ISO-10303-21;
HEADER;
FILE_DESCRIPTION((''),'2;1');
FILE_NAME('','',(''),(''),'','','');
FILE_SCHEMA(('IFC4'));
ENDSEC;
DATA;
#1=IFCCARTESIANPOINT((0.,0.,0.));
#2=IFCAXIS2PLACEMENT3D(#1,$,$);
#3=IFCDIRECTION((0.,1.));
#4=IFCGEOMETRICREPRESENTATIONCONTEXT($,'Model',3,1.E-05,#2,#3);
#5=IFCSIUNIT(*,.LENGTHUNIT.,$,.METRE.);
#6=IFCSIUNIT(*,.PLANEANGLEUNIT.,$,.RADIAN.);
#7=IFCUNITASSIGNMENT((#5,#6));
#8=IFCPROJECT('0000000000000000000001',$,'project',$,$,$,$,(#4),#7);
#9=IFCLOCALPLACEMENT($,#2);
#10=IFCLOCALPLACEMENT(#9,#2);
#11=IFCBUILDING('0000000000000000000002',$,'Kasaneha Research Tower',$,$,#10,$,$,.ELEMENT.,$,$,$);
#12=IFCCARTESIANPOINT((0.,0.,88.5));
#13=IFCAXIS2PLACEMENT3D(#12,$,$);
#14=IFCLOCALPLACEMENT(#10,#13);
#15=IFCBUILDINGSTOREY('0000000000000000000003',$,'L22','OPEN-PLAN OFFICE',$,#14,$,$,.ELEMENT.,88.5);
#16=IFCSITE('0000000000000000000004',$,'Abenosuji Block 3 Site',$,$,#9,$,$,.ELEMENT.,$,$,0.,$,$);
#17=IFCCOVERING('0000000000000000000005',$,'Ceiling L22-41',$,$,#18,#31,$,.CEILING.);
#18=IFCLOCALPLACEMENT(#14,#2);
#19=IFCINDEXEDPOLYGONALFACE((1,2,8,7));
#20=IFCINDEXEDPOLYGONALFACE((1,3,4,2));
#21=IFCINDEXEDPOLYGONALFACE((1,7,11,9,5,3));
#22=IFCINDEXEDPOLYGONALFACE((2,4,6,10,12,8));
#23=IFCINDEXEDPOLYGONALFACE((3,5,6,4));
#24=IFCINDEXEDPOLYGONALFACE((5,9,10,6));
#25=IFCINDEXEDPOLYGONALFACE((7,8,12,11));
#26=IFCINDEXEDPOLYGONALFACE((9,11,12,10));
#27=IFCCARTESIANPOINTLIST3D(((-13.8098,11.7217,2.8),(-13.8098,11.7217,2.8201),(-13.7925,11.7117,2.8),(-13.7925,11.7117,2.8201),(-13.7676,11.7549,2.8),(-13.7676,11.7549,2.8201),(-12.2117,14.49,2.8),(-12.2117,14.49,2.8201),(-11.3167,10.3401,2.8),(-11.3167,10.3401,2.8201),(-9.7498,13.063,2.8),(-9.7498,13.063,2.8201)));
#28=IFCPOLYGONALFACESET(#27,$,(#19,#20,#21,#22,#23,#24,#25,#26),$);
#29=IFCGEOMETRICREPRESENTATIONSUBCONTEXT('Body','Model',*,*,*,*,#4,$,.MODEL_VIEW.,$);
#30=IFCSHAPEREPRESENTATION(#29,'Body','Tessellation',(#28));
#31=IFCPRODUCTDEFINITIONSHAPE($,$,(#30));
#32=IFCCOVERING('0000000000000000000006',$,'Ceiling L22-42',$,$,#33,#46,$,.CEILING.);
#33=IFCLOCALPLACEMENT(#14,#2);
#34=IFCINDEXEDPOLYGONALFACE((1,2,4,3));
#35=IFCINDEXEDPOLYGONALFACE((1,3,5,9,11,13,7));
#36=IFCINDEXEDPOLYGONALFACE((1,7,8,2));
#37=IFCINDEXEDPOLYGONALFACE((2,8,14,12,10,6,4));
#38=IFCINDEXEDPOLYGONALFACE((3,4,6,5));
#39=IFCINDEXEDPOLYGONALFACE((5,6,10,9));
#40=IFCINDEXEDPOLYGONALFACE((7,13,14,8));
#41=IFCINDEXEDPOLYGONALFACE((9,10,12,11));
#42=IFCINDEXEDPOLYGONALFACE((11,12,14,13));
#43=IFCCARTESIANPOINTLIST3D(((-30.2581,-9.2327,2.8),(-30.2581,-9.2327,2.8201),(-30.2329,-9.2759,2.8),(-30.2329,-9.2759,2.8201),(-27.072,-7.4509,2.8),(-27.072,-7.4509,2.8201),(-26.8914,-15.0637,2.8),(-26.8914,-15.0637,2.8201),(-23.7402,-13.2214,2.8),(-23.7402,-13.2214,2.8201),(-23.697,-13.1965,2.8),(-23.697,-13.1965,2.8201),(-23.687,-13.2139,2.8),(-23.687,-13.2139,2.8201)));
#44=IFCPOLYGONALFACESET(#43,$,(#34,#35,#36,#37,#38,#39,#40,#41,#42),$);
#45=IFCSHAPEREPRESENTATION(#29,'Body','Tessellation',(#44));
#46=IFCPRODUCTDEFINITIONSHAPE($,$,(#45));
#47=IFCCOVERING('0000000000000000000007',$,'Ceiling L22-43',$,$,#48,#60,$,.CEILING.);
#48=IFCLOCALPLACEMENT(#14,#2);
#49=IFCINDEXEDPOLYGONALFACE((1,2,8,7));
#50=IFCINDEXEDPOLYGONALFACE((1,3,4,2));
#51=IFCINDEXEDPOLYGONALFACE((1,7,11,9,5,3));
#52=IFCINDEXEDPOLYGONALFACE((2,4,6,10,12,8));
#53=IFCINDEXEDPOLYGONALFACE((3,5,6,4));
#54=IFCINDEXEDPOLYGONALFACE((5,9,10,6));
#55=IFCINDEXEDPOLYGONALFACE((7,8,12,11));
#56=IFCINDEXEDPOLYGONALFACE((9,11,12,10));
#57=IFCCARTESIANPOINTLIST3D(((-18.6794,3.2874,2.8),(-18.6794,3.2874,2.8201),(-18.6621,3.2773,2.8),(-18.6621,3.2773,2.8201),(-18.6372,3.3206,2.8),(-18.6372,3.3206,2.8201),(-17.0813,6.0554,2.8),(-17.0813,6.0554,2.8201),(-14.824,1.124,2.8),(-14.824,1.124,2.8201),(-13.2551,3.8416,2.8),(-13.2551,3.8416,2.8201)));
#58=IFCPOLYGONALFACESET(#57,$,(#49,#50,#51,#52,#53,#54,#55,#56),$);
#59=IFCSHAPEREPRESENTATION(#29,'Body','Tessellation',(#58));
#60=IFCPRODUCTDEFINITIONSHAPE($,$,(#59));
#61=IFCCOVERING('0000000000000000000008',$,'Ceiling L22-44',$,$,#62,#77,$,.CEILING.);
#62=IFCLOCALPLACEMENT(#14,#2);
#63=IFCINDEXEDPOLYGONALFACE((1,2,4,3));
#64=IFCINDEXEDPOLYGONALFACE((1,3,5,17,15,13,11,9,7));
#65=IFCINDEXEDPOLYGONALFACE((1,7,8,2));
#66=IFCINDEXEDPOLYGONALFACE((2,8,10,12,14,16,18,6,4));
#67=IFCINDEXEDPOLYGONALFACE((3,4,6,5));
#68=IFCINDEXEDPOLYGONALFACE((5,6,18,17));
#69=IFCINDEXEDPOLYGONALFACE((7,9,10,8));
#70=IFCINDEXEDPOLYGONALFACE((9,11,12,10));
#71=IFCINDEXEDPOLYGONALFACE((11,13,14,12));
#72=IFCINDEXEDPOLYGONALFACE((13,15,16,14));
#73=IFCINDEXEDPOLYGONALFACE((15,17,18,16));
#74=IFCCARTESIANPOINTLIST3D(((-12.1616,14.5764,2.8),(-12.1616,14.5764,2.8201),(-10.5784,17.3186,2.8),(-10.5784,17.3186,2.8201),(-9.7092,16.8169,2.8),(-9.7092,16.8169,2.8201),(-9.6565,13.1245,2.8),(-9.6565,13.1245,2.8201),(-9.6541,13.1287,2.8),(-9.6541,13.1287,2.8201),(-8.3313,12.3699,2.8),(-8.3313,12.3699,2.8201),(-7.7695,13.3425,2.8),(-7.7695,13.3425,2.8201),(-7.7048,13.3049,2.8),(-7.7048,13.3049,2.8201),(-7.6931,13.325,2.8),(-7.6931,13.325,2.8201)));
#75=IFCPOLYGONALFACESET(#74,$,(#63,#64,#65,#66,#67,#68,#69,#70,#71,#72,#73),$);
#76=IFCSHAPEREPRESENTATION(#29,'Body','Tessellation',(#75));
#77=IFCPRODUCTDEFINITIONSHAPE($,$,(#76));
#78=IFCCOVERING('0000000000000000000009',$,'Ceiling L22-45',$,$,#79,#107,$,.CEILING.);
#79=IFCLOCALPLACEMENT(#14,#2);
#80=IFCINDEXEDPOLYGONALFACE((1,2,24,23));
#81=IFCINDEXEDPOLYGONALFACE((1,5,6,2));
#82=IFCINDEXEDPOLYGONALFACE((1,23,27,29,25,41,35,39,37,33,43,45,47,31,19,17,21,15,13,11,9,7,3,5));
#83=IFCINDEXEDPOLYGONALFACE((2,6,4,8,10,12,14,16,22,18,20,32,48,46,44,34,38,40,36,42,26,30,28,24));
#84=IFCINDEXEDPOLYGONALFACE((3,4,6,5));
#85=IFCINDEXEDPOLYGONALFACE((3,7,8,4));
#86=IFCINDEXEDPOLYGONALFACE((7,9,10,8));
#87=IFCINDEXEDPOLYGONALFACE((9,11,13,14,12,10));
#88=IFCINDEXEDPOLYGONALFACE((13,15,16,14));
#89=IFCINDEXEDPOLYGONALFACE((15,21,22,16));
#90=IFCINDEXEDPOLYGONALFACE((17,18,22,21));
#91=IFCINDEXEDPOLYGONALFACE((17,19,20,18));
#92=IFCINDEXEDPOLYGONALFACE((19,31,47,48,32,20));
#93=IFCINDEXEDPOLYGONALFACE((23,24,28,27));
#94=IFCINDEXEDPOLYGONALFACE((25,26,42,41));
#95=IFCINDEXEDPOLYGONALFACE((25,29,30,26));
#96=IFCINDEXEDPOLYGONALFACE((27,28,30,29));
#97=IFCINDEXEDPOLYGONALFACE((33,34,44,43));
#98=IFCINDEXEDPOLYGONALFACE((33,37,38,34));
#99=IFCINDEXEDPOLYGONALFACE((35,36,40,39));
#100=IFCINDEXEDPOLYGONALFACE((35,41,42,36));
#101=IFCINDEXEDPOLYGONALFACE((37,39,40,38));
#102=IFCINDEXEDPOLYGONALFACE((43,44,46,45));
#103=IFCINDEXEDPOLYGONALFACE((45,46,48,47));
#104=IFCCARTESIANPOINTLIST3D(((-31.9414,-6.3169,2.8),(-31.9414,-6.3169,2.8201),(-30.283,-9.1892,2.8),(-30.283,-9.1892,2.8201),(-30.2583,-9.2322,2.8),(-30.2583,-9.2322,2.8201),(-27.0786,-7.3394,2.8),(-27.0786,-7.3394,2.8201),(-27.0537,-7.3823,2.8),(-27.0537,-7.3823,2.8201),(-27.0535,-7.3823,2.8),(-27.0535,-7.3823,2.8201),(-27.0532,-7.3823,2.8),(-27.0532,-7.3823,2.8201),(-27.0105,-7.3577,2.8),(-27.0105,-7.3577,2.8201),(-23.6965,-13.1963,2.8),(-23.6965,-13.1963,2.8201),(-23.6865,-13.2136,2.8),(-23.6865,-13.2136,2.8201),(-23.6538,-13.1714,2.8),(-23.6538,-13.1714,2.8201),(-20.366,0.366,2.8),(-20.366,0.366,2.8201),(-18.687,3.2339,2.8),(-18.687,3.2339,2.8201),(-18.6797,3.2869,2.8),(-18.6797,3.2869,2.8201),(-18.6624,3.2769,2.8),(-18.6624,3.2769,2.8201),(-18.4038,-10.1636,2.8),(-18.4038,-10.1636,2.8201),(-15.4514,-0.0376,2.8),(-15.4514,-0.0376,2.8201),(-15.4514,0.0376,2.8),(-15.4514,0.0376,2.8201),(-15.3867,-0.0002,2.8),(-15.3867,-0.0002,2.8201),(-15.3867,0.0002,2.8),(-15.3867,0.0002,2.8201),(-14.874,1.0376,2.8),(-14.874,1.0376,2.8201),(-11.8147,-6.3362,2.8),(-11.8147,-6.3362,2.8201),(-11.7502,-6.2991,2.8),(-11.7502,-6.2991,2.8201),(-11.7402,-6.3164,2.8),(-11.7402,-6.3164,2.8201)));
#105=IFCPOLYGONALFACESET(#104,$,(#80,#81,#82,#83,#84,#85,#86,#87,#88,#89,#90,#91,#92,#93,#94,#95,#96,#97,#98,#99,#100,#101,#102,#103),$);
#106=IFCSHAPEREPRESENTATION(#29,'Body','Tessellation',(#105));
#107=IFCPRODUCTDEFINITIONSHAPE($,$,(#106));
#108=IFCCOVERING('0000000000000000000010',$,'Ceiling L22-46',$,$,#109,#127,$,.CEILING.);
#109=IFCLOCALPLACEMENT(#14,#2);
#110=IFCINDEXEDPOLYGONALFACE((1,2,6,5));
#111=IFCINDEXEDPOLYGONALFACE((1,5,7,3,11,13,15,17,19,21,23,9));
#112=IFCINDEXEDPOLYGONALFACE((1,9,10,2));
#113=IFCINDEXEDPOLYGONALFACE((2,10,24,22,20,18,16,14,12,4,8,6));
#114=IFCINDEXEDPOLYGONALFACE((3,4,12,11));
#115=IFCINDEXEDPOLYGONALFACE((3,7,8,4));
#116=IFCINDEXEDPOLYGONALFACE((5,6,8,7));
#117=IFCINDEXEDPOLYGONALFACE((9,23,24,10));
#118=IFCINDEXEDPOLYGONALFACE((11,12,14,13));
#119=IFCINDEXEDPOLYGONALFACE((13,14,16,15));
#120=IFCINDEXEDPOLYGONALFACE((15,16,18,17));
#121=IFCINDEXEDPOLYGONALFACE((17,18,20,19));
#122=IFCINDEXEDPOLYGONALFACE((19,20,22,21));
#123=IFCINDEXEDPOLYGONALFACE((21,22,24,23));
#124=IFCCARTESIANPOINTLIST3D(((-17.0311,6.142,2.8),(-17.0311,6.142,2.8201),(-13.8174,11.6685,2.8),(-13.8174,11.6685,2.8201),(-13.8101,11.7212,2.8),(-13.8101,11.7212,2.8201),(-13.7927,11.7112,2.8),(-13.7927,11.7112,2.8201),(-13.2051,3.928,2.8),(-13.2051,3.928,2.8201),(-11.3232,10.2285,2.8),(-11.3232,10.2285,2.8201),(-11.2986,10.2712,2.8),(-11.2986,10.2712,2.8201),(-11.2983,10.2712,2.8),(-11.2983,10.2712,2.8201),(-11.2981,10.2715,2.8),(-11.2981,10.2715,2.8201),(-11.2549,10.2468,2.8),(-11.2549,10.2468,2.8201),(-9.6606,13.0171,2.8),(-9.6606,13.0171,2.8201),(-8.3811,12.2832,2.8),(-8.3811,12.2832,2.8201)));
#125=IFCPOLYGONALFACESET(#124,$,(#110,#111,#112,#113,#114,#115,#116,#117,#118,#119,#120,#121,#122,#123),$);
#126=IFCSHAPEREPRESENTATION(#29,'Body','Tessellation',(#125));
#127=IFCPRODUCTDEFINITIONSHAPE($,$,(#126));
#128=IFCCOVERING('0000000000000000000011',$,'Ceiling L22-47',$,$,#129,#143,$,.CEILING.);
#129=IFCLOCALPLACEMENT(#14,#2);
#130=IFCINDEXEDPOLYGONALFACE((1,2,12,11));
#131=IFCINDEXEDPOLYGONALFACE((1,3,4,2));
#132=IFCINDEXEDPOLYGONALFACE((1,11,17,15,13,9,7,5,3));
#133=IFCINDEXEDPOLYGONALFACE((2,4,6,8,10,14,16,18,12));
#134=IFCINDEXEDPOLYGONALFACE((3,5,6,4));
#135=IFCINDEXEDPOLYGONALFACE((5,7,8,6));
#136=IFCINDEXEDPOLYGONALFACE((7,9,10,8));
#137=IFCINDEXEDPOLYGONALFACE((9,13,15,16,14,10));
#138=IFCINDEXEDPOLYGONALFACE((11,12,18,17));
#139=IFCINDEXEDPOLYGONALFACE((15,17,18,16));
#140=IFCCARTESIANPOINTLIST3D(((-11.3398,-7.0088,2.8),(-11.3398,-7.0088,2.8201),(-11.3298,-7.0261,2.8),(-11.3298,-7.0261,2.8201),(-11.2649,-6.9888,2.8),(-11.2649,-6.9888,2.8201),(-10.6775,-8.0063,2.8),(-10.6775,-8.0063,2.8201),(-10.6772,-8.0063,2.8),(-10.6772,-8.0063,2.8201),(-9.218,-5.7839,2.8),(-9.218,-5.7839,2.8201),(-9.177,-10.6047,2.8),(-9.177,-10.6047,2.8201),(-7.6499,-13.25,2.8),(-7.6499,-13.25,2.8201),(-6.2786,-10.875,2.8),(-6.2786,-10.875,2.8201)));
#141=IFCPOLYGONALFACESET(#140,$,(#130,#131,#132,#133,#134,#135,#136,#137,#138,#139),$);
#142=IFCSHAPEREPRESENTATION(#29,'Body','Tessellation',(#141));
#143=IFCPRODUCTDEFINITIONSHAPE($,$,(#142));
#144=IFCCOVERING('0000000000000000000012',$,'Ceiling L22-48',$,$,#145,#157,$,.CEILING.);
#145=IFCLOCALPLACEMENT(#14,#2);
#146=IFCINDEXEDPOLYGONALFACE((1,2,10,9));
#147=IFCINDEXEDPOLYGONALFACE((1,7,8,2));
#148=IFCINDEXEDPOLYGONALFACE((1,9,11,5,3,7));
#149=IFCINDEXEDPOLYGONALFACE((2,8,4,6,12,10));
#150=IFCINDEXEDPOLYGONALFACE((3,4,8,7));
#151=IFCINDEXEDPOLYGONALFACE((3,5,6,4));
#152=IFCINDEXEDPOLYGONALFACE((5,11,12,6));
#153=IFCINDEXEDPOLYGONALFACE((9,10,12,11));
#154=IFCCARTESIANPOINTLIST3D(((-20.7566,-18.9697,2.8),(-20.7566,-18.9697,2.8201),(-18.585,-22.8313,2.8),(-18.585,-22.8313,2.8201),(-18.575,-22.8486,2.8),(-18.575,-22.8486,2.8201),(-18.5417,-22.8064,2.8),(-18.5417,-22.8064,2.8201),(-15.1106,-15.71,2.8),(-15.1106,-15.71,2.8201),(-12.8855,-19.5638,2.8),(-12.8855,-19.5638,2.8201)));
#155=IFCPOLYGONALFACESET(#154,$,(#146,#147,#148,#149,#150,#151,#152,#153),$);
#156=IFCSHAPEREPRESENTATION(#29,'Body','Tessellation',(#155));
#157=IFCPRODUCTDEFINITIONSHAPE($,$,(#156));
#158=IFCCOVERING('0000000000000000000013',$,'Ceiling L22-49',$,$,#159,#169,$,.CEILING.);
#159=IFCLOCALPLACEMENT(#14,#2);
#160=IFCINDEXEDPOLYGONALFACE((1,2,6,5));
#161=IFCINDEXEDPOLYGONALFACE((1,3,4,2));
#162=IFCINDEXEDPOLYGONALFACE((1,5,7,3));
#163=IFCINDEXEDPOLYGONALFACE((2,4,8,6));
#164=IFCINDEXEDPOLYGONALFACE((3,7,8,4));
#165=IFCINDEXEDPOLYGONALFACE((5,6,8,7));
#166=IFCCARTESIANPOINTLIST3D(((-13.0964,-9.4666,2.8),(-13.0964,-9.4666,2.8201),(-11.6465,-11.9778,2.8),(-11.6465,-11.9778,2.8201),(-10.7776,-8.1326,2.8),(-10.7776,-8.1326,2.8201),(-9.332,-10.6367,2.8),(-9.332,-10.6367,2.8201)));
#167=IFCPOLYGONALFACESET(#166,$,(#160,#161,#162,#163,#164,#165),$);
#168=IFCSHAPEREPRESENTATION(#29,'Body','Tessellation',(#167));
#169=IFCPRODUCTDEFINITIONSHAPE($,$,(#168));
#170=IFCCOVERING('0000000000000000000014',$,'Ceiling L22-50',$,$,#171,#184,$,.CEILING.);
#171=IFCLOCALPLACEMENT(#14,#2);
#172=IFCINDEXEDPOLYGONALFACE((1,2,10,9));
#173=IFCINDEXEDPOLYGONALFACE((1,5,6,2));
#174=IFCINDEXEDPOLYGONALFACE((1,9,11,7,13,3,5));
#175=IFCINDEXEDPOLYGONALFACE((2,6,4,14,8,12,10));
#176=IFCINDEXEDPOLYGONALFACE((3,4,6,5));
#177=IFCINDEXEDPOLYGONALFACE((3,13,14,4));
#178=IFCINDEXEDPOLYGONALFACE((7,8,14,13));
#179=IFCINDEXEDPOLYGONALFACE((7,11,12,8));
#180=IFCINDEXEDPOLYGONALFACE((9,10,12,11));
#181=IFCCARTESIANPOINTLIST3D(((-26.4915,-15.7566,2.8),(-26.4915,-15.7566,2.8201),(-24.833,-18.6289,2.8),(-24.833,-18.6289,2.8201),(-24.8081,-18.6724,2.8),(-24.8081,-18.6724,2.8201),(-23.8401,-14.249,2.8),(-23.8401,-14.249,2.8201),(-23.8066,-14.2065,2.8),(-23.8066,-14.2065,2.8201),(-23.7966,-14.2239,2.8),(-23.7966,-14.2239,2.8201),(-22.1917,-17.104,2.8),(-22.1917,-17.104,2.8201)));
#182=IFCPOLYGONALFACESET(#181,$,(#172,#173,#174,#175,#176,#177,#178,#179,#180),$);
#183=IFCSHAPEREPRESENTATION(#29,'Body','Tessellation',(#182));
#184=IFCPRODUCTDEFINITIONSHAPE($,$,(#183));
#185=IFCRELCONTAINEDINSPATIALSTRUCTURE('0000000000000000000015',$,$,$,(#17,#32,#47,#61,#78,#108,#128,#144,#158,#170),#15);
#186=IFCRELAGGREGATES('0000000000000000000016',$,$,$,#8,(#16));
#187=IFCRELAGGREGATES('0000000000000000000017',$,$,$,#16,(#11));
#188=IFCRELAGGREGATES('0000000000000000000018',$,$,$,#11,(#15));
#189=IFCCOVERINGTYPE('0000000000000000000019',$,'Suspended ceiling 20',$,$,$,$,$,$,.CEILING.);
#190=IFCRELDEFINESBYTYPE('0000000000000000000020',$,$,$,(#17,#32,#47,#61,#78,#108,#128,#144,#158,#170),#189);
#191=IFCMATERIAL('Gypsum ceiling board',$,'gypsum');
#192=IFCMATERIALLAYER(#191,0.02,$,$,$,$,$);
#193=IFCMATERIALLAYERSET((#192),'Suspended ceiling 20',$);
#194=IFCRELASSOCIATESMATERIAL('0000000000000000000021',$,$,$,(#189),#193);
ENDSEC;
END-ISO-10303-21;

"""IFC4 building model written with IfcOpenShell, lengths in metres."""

from ifc_helpers import new_model, si_unit, direction, frame, origin, place, context, subcontext, project, spatial, polyline, outline, extrude, material, layer, layer_set, type_object, element, save


model = new_model("IFC4")

# Units and contexts
model_context = context("Model", 3, precision=1e-05, world=origin(), true_north=direction((0.0, 1.0)))
body_context = subcontext(model_context, "Body", "Model", "MODEL_VIEW")
ifc_project = project(units=[si_unit("LENGTHUNIT", "METRE"), si_unit("PLANEANGLEUNIT", "RADIAN")], contexts=[model_context])

# Site, building, storey
site_placement = place(None, origin())
site = spatial("IfcSite", under=ifc_project, at=site_placement, Name="Abenosuji Block 3 Site", CompositionType="ELEMENT", RefElevation=0.0)
building_placement = place(site_placement, origin())
building = spatial("IfcBuilding", under=site, at=building_placement, Name="Kasaneha Research Tower", CompositionType="ELEMENT")
storey_placement = place(building_placement, frame((0.0, 0.0, 88.5)))
storey = spatial("IfcBuildingStorey", under=building, at=storey_placement, Name="L22", Description="OPEN-PLAN OFFICE", CompositionType="ELEMENT", Elevation=88.5)

# Coverings
ifc_material_1 = material(Name="Gypsum ceiling board", Category="gypsum")
ifc_layer_1 = layer(ifc_material_1, 0.02)
ifc_layer_set_1 = layer_set([ifc_layer_1], Name="Suspended ceiling 20")
covering_type = type_object("IfcCoveringType", Name="Suspended ceiling 20", PredefinedType="CEILING", material=ifc_layer_set_1)
covering_1_placement = place(storey_placement, frame((0.0, 0.0, 2.8)))
element("IfcCovering", 1, at=covering_1_placement, inside=storey, type_object=covering_type, Name="Ceiling L22-41", PredefinedType="CEILING", context=body_context, shape_type="SweptSolid", body=[
    extrude(outline(polyline([(-12.2117, 14.49), (-9.7498, 13.063), (-11.3167, 10.3401), (-13.7676, 11.7549), (-13.7925, 11.7117), (-13.8098, 11.7217), (-12.2117, 14.49)])), origin(), (0.0, 0.0, 1.0), 0.02),
])
covering_2_placement = place(storey_placement, frame((0.0, 0.0, 2.8)))
element("IfcCovering", 2, at=covering_2_placement, inside=storey, type_object=covering_type, Name="Ceiling L22-42", PredefinedType="CEILING", context=body_context, shape_type="SweptSolid", body=[
    extrude(outline(polyline([(-30.2581, -9.2327), (-30.2329, -9.2759), (-27.072, -7.4509), (-23.7402, -13.2214), (-23.697, -13.1965), (-23.687, -13.2139), (-26.8914, -15.0637), (-30.2581, -9.2327), (-30.2581, -9.2327)])), origin(), (0.0, 0.0, 1.0), 0.02),
])
covering_3_placement = place(storey_placement, frame((0.0, 0.0, 2.8)))
element("IfcCovering", 3, at=covering_3_placement, inside=storey, type_object=covering_type, Name="Ceiling L22-43", PredefinedType="CEILING", context=body_context, shape_type="SweptSolid", body=[
    extrude(outline(polyline([(-18.6794, 3.2874), (-17.0813, 6.0554), (-13.2551, 3.8416), (-14.824, 1.124), (-18.6372, 3.3206), (-18.6621, 3.2773), (-18.6794, 3.2874)])), origin(), (0.0, 0.0, 1.0), 0.02),
])
covering_4_placement = place(storey_placement, frame((0.0, 0.0, 2.8)))
element("IfcCovering", 4, at=covering_4_placement, inside=storey, type_object=covering_type, Name="Ceiling L22-44", PredefinedType="CEILING", context=body_context, shape_type="SweptSolid", body=[
    extrude(outline(polyline([(-10.5784, 17.3186), (-9.7092, 16.8169), (-7.6931, 13.325), (-7.7048, 13.3049), (-7.7695, 13.3425), (-8.3313, 12.3699), (-9.6541, 13.1287), (-9.6565, 13.1245), (-12.1616, 14.5764), (-12.1865, 14.5332), (-12.1865, 14.5332), (-10.5784, 17.3186)])), origin(), (0.0, 0.0, 1.0), 0.02),
])
covering_5_placement = place(storey_placement, frame((0.0, 0.0, 2.8)))
element("IfcCovering", 5, at=covering_5_placement, inside=storey, type_object=covering_type, Name="Ceiling L22-45", PredefinedType="CEILING", context=body_context, shape_type="SweptSolid", body=[
    extrude(outline(polyline([(-27.0537, -7.3823), (-27.0786, -7.3394), (-30.283, -9.1892), (-30.2583, -9.2322), (-30.2583, -9.2322), (-31.9414, -6.3169), (-20.366, 0.366), (-18.6797, 3.2869), (-18.6624, 3.2769), (-18.687, 3.2339), (-14.874, 1.0376), (-15.4514, 0.0376), (-15.3867, 0.0002), (-15.3867, -0.0002), (-15.3867, -0.0002), (-15.4514, -0.0376), (-11.8147, -6.3362), (-11.7502, -6.2991), (-11.7402, -6.3164), (-18.4038, -10.1636), (-23.6865, -13.2136), (-23.6965, -13.1963), (-23.6538, -13.1714), (-27.0105, -7.3577), (-27.0532, -7.3823), (-27.0535, -7.3823), (-27.0537, -7.3823)])), origin(), (0.0, 0.0, 1.0), 0.02),
])
covering_6_placement = place(storey_placement, frame((0.0, 0.0, 2.8)))
element("IfcCovering", 6, at=covering_6_placement, inside=storey, type_object=covering_type, Name="Ceiling L22-46", PredefinedType="CEILING", context=body_context, shape_type="SweptSolid", body=[
    extrude(outline(polyline([(-11.2981, 10.2715), (-11.2549, 10.2468), (-9.6606, 13.0171), (-8.3811, 12.2832), (-13.2051, 3.928), (-17.0312, 6.1421), (-17.0559, 6.0991), (-17.0559, 6.0991), (-13.8101, 11.7212), (-13.7927, 11.7112), (-13.8174, 11.6685), (-11.3232, 10.2285), (-11.2986, 10.2712), (-11.2983, 10.2712), (-11.2981, 10.2715)])), origin(), (0.0, 0.0, 1.0), 0.02),
])
covering_7_placement = place(storey_placement, frame((0.0, 0.0, 2.8)))
element("IfcCovering", 7, at=covering_7_placement, inside=storey, type_object=covering_type, Name="Ceiling L22-47", PredefinedType="CEILING", context=body_context, shape_type="SweptSolid", body=[
    extrude(outline(polyline([(-7.6499, -13.25), (-9.177, -10.6047), (-9.177, -10.6047), (-10.6772, -8.0063), (-10.6775, -8.0063), (-11.2649, -6.9888), (-11.3298, -7.0261), (-11.3398, -7.0088), (-9.218, -5.7839), (-6.2786, -10.875), (-7.6499, -13.25)])), origin(), (0.0, 0.0, 1.0), 0.02),
])
covering_8_placement = place(storey_placement, frame((0.0, 0.0, 2.8)))
element("IfcCovering", 8, at=covering_8_placement, inside=storey, type_object=covering_type, Name="Ceiling L22-48", PredefinedType="CEILING", context=body_context, shape_type="SweptSolid", body=[
    extrude(outline(polyline([(-18.575, -22.8486), (-18.585, -22.8313), (-18.5417, -22.8064), (-20.7566, -18.9697), (-15.1106, -15.71), (-12.8855, -19.5637), (-12.8423, -19.5388), (-12.8423, -19.5388), (-18.575, -22.8486)])), origin(), (0.0, 0.0, 1.0), 0.02),
])
covering_9_placement = place(storey_placement, frame((0.0, 0.0, 2.8)))
element("IfcCovering", 9, at=covering_9_placement, inside=storey, type_object=covering_type, Name="Ceiling L22-49", PredefinedType="CEILING", context=body_context, shape_type="SweptSolid", body=[
    extrude(outline(polyline([(-9.332, -10.6367), (-11.6465, -11.9778), (-13.0964, -9.4666), (-10.7776, -8.1326), (-9.332, -10.6367)])), origin(), (0.0, 0.0, 1.0), 0.02),
])
covering_10_placement = place(storey_placement, frame((0.0, 0.0, 2.8)))
element("IfcCovering", 10, at=covering_10_placement, inside=storey, type_object=covering_type, Name="Ceiling L22-50", PredefinedType="CEILING", context=body_context, shape_type="SweptSolid", body=[
    extrude(outline(polyline([(-23.8066, -14.2065), (-23.7966, -14.2239), (-23.8401, -14.249), (-22.1917, -17.104), (-24.833, -18.6289), (-24.8081, -18.6724), (-24.8081, -18.6724), (-26.4915, -15.7566), (-23.8066, -14.2065)])), origin(), (0.0, 0.0, 1.0), 0.02),
])

save(model, "model.ifc")
